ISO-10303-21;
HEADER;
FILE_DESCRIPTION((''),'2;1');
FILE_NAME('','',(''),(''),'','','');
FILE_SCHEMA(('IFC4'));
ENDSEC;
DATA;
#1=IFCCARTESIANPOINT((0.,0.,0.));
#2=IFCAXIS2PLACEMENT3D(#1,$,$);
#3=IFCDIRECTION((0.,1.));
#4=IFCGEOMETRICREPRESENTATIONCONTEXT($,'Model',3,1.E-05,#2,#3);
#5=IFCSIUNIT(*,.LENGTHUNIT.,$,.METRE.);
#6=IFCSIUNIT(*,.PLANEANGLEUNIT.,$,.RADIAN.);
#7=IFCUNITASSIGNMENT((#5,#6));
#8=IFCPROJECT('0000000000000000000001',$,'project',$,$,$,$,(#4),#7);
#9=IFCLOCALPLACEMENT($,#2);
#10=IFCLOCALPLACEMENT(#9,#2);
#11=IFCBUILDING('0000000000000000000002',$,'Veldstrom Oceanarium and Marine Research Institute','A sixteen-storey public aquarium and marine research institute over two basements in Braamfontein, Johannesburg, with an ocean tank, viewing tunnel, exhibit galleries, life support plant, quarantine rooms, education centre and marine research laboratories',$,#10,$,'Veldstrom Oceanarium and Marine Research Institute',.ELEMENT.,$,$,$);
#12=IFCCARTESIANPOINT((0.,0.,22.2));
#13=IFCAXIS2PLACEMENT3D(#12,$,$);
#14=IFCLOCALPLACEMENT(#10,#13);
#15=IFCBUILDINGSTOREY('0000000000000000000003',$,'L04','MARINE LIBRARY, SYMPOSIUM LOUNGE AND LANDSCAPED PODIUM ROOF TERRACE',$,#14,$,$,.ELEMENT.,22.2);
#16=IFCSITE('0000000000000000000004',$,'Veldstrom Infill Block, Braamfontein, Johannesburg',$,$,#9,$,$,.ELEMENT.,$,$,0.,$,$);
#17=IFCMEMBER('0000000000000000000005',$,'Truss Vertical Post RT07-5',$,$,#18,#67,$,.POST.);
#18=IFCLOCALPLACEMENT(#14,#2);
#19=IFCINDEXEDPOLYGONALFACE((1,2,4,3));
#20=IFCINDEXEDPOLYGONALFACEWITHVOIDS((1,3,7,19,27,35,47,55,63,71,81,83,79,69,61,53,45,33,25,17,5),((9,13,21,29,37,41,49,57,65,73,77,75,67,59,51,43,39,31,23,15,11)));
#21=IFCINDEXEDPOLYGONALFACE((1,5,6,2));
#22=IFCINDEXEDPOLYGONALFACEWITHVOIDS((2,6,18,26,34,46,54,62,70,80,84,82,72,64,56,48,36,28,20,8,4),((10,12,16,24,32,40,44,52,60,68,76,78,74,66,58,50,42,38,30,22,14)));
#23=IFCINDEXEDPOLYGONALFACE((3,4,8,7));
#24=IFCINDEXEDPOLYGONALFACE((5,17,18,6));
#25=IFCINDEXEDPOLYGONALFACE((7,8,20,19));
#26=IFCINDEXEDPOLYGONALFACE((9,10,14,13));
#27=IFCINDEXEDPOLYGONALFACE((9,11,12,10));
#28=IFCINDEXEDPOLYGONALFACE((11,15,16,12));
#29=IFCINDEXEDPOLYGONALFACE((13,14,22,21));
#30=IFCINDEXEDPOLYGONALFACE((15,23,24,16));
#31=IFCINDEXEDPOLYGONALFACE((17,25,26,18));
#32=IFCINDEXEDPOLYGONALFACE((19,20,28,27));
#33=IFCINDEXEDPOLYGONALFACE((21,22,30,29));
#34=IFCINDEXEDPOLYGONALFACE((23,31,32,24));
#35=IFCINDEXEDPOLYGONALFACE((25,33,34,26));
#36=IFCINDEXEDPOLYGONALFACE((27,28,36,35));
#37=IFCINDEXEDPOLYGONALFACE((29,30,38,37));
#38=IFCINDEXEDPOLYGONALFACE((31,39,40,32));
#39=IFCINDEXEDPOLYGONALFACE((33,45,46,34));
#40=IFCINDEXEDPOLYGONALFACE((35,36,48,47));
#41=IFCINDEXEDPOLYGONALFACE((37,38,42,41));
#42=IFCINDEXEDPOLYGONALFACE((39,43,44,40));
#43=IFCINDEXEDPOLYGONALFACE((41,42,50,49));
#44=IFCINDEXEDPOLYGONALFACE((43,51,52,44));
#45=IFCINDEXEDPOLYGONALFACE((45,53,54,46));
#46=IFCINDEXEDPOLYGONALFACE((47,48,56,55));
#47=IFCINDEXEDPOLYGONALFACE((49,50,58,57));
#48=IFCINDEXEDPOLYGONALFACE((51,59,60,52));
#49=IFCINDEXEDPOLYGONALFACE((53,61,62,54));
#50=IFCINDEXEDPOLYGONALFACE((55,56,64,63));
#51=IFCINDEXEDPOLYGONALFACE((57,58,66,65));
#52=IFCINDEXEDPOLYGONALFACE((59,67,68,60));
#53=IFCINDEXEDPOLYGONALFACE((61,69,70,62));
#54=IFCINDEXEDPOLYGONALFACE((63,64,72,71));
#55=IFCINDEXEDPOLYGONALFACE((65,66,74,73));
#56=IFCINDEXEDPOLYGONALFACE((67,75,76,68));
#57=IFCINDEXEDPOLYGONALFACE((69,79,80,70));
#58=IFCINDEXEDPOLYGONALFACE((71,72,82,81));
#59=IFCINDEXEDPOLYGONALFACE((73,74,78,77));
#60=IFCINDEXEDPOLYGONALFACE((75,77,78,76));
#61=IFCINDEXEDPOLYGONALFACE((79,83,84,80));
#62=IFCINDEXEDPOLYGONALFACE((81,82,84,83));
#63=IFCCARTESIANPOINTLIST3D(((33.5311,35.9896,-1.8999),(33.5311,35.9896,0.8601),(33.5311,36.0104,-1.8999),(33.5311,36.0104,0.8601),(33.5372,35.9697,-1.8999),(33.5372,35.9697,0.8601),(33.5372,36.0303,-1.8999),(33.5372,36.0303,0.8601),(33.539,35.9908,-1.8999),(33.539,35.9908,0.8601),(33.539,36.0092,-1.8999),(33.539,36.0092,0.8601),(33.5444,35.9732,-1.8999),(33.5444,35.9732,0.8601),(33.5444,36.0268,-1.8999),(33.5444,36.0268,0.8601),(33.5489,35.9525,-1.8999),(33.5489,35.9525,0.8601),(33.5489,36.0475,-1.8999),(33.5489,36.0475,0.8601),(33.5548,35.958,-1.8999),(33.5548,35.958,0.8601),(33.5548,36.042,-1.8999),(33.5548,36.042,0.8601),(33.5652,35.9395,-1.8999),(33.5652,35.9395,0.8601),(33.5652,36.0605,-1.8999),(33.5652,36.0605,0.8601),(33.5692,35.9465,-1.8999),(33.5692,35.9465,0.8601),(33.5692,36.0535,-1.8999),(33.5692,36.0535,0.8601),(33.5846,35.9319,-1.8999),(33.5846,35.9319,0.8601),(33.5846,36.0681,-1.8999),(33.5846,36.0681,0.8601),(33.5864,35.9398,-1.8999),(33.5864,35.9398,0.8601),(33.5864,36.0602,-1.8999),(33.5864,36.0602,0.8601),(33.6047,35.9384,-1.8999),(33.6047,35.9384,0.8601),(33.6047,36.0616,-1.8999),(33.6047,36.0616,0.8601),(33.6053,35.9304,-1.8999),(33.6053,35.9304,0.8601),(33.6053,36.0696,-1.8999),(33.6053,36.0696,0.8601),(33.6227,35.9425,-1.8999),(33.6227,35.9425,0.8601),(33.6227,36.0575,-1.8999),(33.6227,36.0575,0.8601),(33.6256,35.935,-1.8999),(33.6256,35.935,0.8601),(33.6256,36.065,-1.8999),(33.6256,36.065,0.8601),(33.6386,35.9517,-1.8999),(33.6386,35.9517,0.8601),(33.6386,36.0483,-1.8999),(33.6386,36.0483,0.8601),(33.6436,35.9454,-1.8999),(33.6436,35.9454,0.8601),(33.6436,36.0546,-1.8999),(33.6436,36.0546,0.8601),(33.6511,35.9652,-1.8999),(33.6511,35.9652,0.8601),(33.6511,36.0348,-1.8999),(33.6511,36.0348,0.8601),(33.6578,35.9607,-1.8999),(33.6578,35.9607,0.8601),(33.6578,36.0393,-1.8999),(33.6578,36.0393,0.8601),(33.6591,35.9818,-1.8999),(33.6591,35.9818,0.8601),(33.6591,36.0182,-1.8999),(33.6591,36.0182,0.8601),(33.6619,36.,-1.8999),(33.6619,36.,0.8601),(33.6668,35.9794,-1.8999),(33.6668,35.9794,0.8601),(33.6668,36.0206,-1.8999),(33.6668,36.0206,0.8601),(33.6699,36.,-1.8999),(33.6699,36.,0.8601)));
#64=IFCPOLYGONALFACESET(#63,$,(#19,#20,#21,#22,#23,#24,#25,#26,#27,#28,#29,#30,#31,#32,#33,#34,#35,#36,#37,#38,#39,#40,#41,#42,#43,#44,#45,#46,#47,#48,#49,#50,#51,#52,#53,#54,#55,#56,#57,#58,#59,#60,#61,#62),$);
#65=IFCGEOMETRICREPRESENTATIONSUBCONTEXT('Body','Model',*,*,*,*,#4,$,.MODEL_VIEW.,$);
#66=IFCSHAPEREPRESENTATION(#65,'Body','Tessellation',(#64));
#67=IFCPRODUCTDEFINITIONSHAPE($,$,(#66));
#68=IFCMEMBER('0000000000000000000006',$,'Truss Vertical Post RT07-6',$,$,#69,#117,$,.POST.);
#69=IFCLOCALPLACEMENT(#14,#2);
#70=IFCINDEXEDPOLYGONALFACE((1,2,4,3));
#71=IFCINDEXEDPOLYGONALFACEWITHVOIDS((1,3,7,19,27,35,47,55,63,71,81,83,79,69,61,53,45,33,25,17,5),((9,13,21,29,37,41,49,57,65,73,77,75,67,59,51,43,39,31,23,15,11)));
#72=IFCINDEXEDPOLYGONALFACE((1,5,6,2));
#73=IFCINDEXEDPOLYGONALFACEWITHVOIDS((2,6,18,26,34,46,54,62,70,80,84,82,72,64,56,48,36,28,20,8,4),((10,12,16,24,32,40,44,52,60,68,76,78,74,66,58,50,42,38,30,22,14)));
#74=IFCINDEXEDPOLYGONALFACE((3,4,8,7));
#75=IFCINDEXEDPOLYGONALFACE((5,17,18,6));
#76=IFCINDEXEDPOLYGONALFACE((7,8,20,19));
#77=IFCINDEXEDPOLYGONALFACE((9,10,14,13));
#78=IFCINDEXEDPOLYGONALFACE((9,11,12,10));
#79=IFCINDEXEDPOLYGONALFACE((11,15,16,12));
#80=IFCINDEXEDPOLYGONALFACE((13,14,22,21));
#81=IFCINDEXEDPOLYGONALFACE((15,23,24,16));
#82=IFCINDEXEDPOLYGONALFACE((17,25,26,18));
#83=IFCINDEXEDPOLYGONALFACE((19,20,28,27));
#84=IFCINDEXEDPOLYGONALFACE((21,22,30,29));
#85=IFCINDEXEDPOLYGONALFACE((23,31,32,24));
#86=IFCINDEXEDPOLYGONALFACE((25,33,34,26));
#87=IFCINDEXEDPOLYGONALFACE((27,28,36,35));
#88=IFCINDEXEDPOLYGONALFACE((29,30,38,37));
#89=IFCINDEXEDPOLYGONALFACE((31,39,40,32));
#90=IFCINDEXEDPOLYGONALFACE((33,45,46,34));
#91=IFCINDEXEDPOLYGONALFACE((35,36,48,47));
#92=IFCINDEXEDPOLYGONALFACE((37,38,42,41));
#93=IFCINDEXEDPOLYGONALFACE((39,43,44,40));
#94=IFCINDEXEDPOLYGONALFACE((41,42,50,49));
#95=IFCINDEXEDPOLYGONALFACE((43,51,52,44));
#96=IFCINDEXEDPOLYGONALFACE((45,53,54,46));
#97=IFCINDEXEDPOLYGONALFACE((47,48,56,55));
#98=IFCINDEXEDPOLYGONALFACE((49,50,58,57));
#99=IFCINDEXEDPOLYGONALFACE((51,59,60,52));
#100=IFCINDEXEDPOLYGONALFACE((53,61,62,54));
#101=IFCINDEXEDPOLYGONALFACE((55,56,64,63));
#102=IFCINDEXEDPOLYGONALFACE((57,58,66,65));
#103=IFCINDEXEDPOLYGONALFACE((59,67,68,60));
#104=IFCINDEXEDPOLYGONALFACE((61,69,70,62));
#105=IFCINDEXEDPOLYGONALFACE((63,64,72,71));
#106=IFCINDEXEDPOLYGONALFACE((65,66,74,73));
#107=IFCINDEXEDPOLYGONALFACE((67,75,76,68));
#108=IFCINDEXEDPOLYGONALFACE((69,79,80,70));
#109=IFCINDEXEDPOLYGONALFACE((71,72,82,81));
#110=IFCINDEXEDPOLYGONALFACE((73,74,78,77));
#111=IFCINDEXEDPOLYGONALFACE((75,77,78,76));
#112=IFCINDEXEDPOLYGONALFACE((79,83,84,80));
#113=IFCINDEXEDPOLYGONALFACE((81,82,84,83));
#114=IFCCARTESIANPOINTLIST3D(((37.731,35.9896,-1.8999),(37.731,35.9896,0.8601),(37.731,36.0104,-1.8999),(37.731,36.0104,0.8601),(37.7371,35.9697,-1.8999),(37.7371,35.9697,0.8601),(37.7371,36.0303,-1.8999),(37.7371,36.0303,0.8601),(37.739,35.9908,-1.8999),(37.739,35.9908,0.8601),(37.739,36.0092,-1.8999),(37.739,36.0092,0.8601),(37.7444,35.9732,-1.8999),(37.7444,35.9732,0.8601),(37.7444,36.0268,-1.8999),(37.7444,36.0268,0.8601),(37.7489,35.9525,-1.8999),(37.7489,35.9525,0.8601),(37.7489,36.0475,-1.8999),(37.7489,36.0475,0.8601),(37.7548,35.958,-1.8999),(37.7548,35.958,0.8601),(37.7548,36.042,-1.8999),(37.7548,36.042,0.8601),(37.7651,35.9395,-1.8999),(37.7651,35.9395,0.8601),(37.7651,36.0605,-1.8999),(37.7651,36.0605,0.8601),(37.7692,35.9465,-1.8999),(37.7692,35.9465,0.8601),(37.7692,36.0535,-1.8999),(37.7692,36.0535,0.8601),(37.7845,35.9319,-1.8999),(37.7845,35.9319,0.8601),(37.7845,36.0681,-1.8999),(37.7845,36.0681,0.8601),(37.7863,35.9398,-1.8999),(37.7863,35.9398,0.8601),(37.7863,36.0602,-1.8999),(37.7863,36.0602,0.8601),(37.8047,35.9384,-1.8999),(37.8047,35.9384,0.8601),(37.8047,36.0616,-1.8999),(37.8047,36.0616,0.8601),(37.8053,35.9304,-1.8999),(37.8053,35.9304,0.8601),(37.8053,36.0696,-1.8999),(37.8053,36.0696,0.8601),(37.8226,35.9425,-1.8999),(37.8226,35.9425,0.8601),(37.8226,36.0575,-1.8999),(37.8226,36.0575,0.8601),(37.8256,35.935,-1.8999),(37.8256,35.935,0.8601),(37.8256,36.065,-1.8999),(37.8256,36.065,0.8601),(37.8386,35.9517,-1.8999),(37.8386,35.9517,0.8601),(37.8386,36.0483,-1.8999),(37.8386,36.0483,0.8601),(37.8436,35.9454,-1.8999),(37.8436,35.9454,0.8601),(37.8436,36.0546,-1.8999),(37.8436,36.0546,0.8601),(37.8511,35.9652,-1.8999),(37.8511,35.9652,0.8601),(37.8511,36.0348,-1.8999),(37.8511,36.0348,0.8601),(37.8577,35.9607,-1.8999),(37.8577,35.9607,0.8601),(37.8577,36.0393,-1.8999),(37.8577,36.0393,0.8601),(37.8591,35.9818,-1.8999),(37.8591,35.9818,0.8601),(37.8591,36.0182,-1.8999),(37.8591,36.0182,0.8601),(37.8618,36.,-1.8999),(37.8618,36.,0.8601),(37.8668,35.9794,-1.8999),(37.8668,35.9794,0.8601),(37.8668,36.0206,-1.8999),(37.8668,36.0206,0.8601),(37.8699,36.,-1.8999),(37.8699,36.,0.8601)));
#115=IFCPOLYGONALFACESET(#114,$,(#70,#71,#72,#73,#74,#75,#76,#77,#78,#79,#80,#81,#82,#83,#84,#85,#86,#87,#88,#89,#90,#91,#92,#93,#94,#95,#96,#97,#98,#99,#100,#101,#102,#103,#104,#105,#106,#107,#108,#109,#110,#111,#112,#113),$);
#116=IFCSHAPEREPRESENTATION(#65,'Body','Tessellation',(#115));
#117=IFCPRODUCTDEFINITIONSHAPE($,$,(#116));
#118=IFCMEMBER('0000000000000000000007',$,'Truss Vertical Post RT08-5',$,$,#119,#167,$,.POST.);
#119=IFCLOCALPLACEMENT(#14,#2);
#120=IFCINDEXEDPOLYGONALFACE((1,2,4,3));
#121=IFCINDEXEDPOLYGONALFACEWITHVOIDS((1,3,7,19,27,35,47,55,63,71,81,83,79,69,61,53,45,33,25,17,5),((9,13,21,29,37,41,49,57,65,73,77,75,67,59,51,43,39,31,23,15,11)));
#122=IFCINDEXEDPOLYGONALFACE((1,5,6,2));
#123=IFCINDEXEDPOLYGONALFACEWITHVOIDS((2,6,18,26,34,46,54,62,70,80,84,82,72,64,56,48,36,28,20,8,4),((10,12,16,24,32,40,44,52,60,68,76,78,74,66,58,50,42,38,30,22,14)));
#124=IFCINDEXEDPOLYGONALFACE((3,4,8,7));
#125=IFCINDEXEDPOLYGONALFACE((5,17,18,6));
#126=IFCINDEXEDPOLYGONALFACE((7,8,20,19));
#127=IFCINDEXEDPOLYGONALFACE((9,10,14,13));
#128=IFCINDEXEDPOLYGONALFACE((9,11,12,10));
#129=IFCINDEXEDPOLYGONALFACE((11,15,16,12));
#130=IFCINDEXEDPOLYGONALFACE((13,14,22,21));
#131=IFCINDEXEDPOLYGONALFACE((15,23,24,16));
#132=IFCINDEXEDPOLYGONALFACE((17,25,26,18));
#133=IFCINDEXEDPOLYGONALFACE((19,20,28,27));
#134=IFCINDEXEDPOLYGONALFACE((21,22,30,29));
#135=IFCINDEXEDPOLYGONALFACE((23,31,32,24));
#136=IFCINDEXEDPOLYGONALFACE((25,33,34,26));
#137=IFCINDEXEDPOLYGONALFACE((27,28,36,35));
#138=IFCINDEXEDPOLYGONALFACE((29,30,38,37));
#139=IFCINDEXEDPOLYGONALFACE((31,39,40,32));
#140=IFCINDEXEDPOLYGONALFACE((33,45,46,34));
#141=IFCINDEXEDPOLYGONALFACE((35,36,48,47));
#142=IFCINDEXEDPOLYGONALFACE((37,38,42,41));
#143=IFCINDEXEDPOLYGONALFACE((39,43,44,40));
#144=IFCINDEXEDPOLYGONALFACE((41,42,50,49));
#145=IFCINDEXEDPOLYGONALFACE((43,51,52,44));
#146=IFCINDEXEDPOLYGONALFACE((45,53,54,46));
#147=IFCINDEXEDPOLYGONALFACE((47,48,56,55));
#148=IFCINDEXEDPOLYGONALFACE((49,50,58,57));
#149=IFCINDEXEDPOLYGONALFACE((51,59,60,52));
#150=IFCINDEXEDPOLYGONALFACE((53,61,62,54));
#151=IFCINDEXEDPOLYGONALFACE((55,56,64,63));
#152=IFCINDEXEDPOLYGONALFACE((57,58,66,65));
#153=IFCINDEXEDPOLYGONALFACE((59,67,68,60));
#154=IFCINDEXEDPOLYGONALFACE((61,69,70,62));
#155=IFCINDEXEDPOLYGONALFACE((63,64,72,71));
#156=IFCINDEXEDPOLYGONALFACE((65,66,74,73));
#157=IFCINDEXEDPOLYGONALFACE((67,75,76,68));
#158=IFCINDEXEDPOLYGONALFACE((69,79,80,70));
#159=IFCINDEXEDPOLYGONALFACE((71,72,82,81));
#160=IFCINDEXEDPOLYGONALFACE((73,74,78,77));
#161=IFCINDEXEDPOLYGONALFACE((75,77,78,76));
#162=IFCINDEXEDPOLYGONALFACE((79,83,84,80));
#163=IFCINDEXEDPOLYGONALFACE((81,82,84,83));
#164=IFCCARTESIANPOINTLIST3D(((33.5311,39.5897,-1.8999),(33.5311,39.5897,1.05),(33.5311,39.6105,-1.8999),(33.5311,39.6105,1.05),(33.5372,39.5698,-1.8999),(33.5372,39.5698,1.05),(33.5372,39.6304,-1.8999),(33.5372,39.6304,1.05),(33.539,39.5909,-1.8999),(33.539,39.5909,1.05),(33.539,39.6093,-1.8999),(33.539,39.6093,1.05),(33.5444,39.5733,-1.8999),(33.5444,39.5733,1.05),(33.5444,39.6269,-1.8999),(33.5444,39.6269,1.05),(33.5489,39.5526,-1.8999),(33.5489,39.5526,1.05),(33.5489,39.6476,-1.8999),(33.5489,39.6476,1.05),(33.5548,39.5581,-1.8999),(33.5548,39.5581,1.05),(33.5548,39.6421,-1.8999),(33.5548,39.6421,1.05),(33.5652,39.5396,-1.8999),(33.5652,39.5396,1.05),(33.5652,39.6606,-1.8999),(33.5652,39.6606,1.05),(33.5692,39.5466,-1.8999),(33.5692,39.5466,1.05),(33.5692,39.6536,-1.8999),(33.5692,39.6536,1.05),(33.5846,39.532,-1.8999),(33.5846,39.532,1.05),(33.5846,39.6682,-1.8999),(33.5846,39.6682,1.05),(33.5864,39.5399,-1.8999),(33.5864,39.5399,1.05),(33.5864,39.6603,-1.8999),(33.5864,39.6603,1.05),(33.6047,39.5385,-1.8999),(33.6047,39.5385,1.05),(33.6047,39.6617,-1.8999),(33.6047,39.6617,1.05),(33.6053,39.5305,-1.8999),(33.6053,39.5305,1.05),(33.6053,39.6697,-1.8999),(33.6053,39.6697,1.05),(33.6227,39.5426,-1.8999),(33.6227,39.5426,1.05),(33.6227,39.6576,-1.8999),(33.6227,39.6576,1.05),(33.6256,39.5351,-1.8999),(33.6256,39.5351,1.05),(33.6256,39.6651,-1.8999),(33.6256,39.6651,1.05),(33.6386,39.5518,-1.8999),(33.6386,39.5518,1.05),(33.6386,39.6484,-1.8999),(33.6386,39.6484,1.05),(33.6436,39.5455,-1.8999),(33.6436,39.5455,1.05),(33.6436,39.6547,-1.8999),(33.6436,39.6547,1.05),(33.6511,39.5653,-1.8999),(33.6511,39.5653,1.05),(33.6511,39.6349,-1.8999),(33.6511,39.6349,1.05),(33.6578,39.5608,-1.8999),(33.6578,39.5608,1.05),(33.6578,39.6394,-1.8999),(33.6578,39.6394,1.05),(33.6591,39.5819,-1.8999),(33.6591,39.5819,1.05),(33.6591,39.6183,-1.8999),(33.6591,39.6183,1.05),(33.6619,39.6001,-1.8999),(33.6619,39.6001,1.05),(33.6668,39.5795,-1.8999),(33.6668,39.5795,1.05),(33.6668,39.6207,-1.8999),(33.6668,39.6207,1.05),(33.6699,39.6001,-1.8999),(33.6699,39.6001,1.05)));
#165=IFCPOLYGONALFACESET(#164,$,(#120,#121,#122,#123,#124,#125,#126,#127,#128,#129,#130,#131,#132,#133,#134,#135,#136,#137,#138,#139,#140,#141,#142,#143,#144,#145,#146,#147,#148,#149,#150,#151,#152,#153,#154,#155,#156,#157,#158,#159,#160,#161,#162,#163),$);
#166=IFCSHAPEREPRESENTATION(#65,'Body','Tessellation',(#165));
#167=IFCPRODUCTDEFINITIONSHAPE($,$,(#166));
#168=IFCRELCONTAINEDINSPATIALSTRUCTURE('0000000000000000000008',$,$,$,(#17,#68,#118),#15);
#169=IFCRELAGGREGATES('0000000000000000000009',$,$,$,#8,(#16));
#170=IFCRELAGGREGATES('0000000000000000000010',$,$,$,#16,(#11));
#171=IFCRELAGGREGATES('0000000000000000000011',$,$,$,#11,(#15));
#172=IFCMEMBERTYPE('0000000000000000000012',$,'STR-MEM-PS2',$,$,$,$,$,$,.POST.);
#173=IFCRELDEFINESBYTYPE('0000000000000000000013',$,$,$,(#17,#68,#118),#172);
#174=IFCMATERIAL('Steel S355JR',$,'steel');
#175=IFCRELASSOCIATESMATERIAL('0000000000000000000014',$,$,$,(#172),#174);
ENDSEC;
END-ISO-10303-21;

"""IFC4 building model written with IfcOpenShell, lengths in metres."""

from ifc_helpers import new_model, si_unit, direction, frame, origin, origin_2d, place, context, subcontext, project, spatial, hollow_circle, extrude, material, material_profile, profile_set, type_object, element, save


model = new_model("IFC4")

# Units and contexts
model_context = context("Model", 3, precision=1e-05, world=origin(), true_north=direction((0.0, 1.0)))
body_context = subcontext(model_context, "Body", "Model", "MODEL_VIEW")
ifc_project = project(units=[si_unit("LENGTHUNIT", "METRE"), si_unit("PLANEANGLEUNIT", "RADIAN")], contexts=[model_context])

# Site, building, storey
site_placement = place(None, origin())
site = spatial("IfcSite", under=ifc_project, at=site_placement, Name="Veldstrom Infill Block, Braamfontein, Johannesburg", CompositionType="ELEMENT", RefElevation=0.0)
building_placement = place(site_placement, origin())
building = spatial("IfcBuilding", under=site, at=building_placement, Name="Veldstrom Oceanarium and Marine Research Institute", Description="A sixteen-storey public aquarium and marine research institute over two basements in Braamfontein, Johannesburg, with an ocean tank, viewing tunnel, exhibit galleries, life support plant, quarantine rooms, education centre and marine research laboratories", LongName="Veldstrom Oceanarium and Marine Research Institute", CompositionType="ELEMENT")
storey_placement = place(building_placement, frame((0.0, 0.0, 22.2)))
storey = spatial("IfcBuildingStorey", under=building, at=storey_placement, Name="L04", Description="MARINE LIBRARY, SYMPOSIUM LOUNGE AND LANDSCAPED PODIUM ROOF TERRACE", CompositionType="ELEMENT", Elevation=22.2)

# Members
ifc_material_1 = material(Name="Steel S355JR", Category="steel")
ifc_material_profile_1 = material_profile(ifc_material_1, hollow_circle(Radius=0.0698, WallThickness=0.0081, at=origin_2d()), Name="CHS 139.7x8")
ifc_profile_set_1 = profile_set([ifc_material_profile_1], Name="Steel S355JR")
member_type_1 = type_object("IfcMemberType", Name="STR-MEM-PS2", PredefinedType="POST", material=ifc_profile_set_1)
for number, where, z_axis, x_axis, name in (
    (1, (33.6001, 36.0, -1.8999), (0.0, 0.0, 1.0), (1.0, 0.0, 0.0), "Truss Vertical Post RT07-5"),
    (2, (37.8, 36.0, -1.8999), (0.0, 0.0, 1.0), (1.0, 0.0, 0.0), "Truss Vertical Post RT07-6"),
):
    element("IfcMember", number, at=place(storey_placement, frame(where, z_axis=z_axis, x_axis=x_axis)), inside=storey, type_object=member_type_1, Name=name, PredefinedType="POST", context=body_context, shape_type="SweptSolid", body=[
        extrude(hollow_circle(Radius=0.0698, WallThickness=0.0081, at=origin_2d()), origin(), (0.0, 0.0, 1.0), 2.76),
    ])
for number, where, z_axis, x_axis, name in (
    (3, (33.6001, 39.6001, -1.8999), (0.0, 0.0, 1.0), (1.0, 0.0, 0.0), "Truss Vertical Post RT08-5"),
):
    element("IfcMember", number, at=place(storey_placement, frame(where, z_axis=z_axis, x_axis=x_axis)), inside=storey, type_object=member_type_1, Name=name, PredefinedType="POST", context=body_context, shape_type="SweptSolid", body=[
        extrude(hollow_circle(Radius=0.0698, WallThickness=0.0081, at=origin_2d()), origin(), (0.0, 0.0, 1.0), 2.95),
    ])

save(model, "model.ifc")
